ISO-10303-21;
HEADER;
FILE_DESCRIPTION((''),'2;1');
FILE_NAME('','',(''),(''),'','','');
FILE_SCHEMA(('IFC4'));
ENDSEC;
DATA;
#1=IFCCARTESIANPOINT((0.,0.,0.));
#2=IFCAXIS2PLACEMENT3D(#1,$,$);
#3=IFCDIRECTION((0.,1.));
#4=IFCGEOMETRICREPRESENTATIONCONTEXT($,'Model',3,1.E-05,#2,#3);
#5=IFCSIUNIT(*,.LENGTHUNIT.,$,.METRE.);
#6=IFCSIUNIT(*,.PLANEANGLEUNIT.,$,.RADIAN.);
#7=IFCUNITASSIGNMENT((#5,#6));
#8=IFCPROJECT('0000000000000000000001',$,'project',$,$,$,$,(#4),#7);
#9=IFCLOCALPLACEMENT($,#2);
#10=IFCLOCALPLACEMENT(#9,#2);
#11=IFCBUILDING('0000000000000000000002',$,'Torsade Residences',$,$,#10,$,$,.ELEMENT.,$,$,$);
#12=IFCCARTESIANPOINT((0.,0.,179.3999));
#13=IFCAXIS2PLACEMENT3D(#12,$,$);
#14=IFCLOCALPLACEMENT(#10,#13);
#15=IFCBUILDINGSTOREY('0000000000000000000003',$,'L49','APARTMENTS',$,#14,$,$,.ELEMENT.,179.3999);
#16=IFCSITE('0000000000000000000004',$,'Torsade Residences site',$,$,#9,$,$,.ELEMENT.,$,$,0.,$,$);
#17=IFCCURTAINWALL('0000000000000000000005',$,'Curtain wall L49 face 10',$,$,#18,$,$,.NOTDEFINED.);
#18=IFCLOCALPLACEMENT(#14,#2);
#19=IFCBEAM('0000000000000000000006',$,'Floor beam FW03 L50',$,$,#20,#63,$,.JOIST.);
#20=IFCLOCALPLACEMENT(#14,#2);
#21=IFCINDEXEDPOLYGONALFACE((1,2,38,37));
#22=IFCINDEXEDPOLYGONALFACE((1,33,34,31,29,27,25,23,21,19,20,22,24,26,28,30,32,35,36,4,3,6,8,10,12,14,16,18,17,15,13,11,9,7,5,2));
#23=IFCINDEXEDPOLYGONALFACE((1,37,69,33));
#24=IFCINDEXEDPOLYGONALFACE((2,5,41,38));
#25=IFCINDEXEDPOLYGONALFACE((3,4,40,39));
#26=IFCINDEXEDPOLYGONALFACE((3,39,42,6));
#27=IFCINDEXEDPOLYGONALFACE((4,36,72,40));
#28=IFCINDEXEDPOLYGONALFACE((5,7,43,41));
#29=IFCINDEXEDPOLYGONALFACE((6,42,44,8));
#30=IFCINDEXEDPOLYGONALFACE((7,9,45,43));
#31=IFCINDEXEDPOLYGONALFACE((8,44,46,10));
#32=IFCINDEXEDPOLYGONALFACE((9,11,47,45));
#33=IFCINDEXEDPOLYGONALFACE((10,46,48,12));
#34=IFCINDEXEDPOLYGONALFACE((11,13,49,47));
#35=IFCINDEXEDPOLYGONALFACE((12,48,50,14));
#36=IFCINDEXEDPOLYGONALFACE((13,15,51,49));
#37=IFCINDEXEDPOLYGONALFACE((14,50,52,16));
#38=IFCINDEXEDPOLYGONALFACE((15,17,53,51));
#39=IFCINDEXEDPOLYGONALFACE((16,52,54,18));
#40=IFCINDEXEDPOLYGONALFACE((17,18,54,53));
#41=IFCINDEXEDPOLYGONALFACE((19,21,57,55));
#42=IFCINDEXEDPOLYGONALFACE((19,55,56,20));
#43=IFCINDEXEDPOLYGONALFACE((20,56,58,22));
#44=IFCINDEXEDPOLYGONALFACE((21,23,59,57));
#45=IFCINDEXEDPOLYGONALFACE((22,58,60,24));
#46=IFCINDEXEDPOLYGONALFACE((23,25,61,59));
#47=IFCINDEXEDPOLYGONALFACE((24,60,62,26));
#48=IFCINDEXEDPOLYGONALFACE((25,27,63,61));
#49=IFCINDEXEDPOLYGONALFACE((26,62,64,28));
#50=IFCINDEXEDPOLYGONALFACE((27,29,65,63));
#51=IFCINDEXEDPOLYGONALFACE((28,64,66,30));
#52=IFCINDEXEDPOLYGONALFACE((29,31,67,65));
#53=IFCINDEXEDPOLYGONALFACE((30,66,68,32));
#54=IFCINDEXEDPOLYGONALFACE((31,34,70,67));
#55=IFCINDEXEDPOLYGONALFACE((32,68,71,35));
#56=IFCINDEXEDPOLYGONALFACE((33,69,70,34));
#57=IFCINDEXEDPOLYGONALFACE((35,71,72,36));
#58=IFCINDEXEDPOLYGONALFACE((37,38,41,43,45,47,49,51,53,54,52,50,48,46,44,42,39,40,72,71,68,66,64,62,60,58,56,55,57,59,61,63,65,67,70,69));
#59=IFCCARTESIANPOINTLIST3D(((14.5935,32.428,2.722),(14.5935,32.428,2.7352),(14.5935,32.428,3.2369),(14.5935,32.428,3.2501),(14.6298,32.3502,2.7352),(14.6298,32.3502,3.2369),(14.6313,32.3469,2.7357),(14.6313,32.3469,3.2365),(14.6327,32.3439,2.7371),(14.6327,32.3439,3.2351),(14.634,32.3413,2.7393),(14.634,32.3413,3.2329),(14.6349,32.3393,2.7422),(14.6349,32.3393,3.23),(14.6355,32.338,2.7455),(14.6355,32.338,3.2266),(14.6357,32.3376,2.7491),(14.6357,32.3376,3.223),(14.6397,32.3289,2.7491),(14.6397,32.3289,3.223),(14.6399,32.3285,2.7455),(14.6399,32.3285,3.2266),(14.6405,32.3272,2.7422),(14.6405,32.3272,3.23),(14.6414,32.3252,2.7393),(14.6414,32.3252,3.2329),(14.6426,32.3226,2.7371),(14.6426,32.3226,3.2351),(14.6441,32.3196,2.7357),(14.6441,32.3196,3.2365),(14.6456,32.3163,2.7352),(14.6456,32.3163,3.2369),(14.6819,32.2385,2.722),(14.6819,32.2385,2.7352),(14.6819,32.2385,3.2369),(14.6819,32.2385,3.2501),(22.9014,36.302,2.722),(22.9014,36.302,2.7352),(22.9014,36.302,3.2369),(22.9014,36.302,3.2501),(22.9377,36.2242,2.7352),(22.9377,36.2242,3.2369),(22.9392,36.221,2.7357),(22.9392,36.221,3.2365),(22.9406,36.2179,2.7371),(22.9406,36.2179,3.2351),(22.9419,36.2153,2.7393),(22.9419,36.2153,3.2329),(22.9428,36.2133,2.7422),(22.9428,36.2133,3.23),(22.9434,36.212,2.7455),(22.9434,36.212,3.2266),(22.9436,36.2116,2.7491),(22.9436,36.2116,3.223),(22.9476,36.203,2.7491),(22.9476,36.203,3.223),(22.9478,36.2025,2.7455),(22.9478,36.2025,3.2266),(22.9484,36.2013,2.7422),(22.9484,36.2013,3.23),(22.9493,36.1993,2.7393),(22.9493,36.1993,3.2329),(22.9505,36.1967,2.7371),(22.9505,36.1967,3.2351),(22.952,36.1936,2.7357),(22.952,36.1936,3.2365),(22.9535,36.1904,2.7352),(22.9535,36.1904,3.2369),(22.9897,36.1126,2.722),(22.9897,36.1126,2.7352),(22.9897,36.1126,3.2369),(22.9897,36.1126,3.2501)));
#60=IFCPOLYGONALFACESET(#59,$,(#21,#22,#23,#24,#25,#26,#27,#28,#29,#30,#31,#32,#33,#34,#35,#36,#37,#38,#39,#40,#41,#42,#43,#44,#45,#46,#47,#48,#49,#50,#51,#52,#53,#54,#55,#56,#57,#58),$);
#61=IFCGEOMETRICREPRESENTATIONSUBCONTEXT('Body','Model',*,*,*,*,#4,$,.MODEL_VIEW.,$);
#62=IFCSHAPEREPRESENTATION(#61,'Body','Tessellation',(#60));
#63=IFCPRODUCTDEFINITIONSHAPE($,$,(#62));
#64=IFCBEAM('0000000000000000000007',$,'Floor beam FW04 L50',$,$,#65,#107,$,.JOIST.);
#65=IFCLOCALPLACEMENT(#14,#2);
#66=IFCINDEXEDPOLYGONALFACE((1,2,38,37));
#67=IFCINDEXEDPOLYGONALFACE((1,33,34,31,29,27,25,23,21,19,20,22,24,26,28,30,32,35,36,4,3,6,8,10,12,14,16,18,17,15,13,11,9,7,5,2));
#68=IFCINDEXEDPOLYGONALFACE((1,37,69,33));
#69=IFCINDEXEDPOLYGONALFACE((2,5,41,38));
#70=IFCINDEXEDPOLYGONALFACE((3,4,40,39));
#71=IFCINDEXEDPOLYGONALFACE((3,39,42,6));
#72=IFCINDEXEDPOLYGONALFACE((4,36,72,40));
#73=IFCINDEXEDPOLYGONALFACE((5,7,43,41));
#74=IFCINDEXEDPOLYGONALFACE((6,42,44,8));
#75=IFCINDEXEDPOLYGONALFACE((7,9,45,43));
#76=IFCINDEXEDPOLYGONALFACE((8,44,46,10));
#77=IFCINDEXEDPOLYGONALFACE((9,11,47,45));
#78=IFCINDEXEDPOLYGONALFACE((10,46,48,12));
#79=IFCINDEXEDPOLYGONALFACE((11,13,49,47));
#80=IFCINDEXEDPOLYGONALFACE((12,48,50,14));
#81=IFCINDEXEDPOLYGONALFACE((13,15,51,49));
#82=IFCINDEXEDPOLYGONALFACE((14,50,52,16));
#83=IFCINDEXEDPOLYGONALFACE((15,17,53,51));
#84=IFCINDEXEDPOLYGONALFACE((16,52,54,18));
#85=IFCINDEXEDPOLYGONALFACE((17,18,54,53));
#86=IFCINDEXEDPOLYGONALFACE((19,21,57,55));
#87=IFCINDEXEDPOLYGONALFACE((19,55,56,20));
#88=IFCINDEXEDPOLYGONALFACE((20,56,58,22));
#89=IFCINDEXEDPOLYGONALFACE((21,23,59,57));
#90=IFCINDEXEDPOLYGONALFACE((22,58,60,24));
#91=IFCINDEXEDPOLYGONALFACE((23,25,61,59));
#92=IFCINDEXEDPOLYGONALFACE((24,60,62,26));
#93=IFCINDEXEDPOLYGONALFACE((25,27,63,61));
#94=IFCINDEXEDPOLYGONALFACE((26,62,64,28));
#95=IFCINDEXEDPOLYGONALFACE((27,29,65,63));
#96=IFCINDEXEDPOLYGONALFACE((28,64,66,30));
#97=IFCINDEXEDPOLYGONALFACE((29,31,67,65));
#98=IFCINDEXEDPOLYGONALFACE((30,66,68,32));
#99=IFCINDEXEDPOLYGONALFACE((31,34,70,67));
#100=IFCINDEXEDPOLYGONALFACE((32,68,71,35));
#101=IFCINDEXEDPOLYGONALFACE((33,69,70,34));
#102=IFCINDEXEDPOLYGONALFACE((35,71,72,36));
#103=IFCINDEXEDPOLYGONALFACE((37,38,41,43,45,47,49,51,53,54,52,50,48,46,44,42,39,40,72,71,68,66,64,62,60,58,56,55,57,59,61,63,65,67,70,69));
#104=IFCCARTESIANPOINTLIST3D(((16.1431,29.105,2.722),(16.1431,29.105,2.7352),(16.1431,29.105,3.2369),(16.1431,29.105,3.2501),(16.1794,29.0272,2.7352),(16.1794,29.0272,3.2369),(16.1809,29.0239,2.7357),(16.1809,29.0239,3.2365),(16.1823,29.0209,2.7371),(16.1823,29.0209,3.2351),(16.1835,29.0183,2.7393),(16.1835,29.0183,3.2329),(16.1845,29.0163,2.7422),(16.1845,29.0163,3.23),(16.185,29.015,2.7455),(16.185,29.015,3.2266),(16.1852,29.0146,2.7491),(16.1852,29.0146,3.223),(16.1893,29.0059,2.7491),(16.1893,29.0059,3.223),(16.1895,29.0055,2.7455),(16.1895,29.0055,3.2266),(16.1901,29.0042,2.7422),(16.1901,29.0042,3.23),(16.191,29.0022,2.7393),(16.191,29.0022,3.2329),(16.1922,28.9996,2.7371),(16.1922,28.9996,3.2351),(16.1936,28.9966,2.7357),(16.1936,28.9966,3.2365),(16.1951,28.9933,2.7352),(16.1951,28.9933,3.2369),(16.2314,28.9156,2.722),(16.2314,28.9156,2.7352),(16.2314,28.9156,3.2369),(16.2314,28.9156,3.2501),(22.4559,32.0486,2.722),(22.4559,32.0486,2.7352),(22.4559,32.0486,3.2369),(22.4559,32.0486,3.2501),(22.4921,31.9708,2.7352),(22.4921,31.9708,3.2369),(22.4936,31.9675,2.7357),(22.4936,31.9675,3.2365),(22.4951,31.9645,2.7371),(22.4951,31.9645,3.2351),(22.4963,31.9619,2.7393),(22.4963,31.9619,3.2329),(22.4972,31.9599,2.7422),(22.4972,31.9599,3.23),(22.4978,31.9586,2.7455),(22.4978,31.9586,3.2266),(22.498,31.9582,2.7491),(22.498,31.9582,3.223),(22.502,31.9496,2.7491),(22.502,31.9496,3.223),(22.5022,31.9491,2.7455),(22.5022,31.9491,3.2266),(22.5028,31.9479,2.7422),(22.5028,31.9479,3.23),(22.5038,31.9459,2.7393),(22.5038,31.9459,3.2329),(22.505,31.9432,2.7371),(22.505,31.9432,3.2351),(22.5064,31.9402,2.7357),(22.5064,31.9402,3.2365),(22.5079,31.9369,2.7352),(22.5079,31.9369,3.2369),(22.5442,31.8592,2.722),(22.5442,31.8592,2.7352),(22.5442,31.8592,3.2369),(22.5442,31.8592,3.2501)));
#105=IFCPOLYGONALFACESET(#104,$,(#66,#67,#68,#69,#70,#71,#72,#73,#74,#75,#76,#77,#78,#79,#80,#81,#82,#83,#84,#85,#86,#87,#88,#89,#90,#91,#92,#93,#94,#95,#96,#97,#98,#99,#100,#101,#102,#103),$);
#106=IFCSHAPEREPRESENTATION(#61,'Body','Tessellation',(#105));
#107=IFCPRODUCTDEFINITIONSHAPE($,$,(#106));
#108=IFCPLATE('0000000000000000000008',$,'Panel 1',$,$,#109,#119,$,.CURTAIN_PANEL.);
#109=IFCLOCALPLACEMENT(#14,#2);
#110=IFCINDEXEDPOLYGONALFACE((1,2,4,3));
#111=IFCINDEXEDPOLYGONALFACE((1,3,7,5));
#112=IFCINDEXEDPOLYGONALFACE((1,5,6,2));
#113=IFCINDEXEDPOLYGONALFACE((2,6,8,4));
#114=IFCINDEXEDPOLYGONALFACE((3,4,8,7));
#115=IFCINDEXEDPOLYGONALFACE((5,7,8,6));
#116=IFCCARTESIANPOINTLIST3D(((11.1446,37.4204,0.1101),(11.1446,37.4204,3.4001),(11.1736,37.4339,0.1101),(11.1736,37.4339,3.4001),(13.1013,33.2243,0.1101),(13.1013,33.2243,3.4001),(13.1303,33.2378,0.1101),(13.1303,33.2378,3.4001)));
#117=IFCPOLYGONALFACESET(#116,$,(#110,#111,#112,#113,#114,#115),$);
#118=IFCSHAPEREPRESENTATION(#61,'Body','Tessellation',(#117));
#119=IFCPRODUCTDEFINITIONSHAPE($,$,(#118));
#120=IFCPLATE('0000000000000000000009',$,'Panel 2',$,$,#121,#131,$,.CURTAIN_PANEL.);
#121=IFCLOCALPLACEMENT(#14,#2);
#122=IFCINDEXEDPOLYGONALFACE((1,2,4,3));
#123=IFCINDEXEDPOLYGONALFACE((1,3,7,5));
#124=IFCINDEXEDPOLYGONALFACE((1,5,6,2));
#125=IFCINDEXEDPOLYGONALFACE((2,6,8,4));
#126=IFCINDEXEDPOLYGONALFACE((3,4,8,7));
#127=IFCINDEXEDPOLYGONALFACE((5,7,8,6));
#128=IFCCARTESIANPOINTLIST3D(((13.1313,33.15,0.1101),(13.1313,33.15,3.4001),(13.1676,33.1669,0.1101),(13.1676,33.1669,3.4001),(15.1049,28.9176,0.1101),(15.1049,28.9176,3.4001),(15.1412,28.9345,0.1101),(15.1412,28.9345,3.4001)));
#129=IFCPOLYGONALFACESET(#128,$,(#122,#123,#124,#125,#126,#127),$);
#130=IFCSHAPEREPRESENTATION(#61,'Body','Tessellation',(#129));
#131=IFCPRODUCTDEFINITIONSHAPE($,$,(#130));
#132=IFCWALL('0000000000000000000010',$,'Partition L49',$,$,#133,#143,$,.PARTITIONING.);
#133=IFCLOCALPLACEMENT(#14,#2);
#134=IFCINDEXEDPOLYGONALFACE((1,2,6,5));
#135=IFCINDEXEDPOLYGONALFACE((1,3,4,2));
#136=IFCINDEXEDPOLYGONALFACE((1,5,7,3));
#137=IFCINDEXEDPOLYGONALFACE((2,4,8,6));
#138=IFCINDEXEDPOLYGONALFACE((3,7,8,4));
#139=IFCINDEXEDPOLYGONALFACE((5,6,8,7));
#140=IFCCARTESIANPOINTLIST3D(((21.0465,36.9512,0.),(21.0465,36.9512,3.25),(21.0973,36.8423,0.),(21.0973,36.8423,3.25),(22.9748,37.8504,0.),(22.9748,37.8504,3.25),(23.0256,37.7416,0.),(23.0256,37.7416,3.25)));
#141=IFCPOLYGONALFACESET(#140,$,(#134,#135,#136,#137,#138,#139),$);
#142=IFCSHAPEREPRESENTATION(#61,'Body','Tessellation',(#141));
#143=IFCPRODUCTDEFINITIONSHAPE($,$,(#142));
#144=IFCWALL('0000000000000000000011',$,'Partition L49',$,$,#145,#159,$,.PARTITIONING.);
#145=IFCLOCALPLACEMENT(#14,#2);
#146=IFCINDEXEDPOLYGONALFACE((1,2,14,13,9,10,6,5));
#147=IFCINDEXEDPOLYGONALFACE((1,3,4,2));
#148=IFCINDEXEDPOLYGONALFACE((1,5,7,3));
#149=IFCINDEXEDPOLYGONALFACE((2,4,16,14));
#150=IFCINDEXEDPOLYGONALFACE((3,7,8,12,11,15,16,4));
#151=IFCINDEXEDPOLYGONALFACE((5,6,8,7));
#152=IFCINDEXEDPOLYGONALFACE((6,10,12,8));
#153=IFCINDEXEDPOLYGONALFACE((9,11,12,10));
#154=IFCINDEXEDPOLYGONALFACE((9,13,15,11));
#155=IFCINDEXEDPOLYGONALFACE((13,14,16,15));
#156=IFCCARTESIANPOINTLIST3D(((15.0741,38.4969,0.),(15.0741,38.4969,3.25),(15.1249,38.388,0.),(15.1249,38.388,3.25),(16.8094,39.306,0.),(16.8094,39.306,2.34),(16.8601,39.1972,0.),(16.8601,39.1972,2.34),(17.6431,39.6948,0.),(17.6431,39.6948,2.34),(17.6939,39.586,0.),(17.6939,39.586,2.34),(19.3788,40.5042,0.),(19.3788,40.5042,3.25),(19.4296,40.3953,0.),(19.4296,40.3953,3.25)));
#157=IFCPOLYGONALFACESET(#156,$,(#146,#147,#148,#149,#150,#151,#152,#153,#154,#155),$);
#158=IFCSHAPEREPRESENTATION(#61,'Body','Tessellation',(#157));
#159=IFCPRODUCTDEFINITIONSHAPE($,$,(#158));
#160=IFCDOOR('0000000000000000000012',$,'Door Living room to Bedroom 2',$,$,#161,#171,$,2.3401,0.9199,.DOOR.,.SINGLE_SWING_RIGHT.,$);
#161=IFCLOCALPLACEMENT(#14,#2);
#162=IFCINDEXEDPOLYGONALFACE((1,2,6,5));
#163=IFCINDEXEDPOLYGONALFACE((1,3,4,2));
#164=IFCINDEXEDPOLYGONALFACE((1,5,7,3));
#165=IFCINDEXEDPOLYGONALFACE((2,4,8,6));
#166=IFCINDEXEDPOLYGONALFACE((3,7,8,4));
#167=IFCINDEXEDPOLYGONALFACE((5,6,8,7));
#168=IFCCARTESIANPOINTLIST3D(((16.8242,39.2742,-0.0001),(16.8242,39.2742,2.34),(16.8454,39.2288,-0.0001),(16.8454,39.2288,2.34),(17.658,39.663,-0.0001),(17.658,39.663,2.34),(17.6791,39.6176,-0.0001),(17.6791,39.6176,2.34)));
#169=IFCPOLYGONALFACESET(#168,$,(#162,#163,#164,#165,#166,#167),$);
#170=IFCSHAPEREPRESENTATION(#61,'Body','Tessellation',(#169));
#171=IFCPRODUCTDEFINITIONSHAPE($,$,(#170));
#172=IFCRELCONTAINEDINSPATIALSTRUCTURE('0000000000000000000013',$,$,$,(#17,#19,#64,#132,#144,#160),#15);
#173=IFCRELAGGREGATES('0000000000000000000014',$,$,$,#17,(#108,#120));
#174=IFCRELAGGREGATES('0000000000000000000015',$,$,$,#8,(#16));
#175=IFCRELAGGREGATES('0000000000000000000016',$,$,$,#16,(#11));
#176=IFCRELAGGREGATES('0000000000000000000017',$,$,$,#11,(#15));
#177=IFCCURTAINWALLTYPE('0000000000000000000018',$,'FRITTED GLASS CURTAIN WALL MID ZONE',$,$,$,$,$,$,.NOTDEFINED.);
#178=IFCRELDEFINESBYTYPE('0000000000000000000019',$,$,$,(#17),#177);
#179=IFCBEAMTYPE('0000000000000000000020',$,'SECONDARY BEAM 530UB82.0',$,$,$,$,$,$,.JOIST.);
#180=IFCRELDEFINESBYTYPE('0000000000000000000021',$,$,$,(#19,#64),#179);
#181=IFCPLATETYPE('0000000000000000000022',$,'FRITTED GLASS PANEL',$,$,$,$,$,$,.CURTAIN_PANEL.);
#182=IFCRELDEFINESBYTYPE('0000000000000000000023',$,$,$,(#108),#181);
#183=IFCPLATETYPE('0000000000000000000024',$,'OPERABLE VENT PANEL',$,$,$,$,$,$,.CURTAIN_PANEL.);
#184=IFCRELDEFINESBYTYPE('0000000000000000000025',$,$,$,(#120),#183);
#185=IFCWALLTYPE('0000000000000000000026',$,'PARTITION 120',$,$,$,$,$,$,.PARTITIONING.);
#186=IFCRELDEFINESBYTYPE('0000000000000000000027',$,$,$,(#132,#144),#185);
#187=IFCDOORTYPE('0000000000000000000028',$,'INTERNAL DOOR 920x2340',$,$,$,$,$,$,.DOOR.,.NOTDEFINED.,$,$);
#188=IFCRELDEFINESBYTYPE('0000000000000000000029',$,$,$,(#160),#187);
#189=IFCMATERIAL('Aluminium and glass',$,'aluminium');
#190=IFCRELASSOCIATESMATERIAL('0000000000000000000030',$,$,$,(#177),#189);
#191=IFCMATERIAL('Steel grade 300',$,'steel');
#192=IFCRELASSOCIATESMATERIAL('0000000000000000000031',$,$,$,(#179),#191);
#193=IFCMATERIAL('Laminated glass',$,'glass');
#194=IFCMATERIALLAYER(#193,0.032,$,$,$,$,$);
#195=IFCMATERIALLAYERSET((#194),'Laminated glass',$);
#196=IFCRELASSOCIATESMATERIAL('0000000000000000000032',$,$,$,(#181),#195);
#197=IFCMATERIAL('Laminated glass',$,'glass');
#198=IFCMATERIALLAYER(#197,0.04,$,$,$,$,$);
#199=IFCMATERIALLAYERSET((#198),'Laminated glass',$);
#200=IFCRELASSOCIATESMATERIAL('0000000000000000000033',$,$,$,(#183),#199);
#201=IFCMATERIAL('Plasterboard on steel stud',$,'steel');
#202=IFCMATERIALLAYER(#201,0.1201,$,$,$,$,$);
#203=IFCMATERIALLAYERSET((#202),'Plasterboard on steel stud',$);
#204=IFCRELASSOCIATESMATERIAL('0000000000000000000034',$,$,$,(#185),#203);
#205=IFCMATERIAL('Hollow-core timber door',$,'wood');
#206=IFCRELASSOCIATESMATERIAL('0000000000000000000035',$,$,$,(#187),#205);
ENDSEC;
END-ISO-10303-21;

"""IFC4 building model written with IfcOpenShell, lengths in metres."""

from ifc_helpers import new_model, si_unit, direction, frame, frame_2d, origin, origin_2d, place, context, subcontext, project, spatial, rectangle, i_section, extrude, material, layer, layer_set, material_profile, profile_set, type_object, element, fill, aggregate, save


model = new_model("IFC4")

# Units and contexts
model_context = context("Model", 3, precision=1e-05, world=origin(), true_north=direction((0.0, 1.0)))
body_context = subcontext(model_context, "Body", "Model", "MODEL_VIEW")
ifc_project = project(units=[si_unit("LENGTHUNIT", "METRE"), si_unit("PLANEANGLEUNIT", "RADIAN")], contexts=[model_context])

# Site, building, storey
site_placement = place(None, origin())
site = spatial("IfcSite", under=ifc_project, at=site_placement, Name="Torsade Residences site", CompositionType="ELEMENT", RefElevation=0.0)
building_placement = place(site_placement, origin())
building = spatial("IfcBuilding", under=site, at=building_placement, Name="Torsade Residences", CompositionType="ELEMENT")
storey_placement = place(building_placement, frame((0.0, 0.0, 179.3999)))
storey = spatial("IfcBuildingStorey", under=building, at=storey_placement, Name="L49", Description="APARTMENTS", CompositionType="ELEMENT", Elevation=179.3999)

# Curtain wall
ifc_material_1 = material(Name="Aluminium and glass", Category="aluminium")
curtain_wall_type = type_object("IfcCurtainWallType", Name="FRITTED GLASS CURTAIN WALL MID ZONE", PredefinedType="NOTDEFINED", material=ifc_material_1)
curtain_wall_placement = place(storey_placement, origin())
curtain_wall = element("IfcCurtainWall", 1, at=curtain_wall_placement, inside=storey, type_object=curtain_wall_type, Name="Curtain wall L49 face 10", PredefinedType="NOTDEFINED")

# Beams
ifc_material_2 = material(Name="Steel grade 300", Category="steel")
ifc_material_profile_1 = material_profile(ifc_material_2, i_section(OverallWidth=0.209, OverallDepth=0.5281, WebThickness=0.0095, FlangeThickness=0.0132, FilletRadius=0.0139, at=origin_2d()), Name="530UB82.0")
ifc_profile_set_1 = profile_set([ifc_material_profile_1], Name="Steel grade 300")
beam_type_1 = type_object("IfcBeamType", Name="SECONDARY BEAM 530UB82.0", PredefinedType="JOIST", material=ifc_profile_set_1)
beam_1_placement = place(storey_placement, frame((14.6377, 32.3333, 2.9861), z_axis=(0.906308, 0.422619, 0.0), x_axis=(-0.422619, 0.906308, 0.0)))
element("IfcBeam", 2, at=beam_1_placement, inside=storey, type_object=beam_type_1, Name="Floor beam FW03 L50", PredefinedType="JOIST", context=body_context, shape_type="SweptSolid", body=[
    extrude(i_section(OverallWidth=0.209, OverallDepth=0.5281, WebThickness=0.0095, FlangeThickness=0.0132, FilletRadius=0.0139, at=origin_2d()), origin(), (0.0, 0.0, 1.0), 9.1667),
])
beam_2_placement = place(storey_placement, frame((16.1873, 29.0103, 2.9861), z_axis=(0.906312, 0.422609, 0.0), x_axis=(-0.422609, 0.906312, 0.0)))
element("IfcBeam", 3, at=beam_2_placement, inside=storey, type_object=beam_type_1, Name="Floor beam FW04 L50", PredefinedType="JOIST", context=body_context, shape_type="SweptSolid", body=[
    extrude(i_section(OverallWidth=0.209, OverallDepth=0.5281, WebThickness=0.0095, FlangeThickness=0.0132, FilletRadius=0.0139, at=origin_2d()), origin(), (0.0, 0.0, 1.0), 6.9653),
])

# Plates
ifc_material_3 = material(Name="Laminated glass", Category="glass")
ifc_layer_1 = layer(ifc_material_3, 0.032)
ifc_layer_set_1 = layer_set([ifc_layer_1], Name="Laminated glass")
plate_type_1 = type_object("IfcPlateType", Name="FRITTED GLASS PANEL", PredefinedType="CURTAIN_PANEL", material=ifc_layer_set_1)
plate_1_placement = place(storey_placement, frame((12.1375, 35.3291, 0.1101), z_axis=(0.0, 0.0, 1.0), x_axis=(0.422618, -0.906308, 0.0)))
plate_1 = element("IfcPlate", 4, at=plate_1_placement, type_object=plate_type_1, Name="Panel 1", PredefinedType="CURTAIN_PANEL", context=body_context, shape_type="SweptSolid", body=[
    extrude(rectangle(XDim=4.6299, YDim=0.032, at=origin_2d()), origin(), (0.0, 0.0, 1.0), 3.29),
])
ifc_material_4 = material(Name="Laminated glass", Category="glass")
ifc_layer_2 = layer(ifc_material_4, 0.04)
ifc_layer_set_2 = layer_set([ifc_layer_2], Name="Laminated glass")
plate_type_2 = type_object("IfcPlateType", Name="OPERABLE VENT PANEL", PredefinedType="CURTAIN_PANEL", material=ifc_layer_set_2)
plate_2_placement = place(storey_placement, frame((14.1362, 31.0422, 0.1101), z_axis=(0.0, 0.0, 1.0), x_axis=(0.422618, -0.906308, 0.0)))
plate_2 = element("IfcPlate", 5, at=plate_2_placement, type_object=plate_type_2, Name="Panel 2", PredefinedType="CURTAIN_PANEL", context=body_context, shape_type="SweptSolid", body=[
    extrude(rectangle(XDim=4.6699, YDim=0.04, at=origin_2d()), origin(), (0.0, 0.0, 1.0), 3.29),
])
aggregate(curtain_wall, [plate_1, plate_2])

# Wall
ifc_material_5 = material(Name="Plasterboard on steel stud", Category="steel")
ifc_layer_3 = layer(ifc_material_5, 0.1201)
ifc_layer_set_3 = layer_set([ifc_layer_3], Name="Plasterboard on steel stud")
wall_type_1 = type_object("IfcWallType", Name="PARTITION 120", PredefinedType="PARTITIONING", material=ifc_layer_set_3)
wall_1_placement = place(storey_placement, frame((21.0718, 36.8967, 0.0), z_axis=(0.0, 0.0, 1.0), x_axis=(0.906303, 0.422628, 0.0)))
element("IfcWall", 6, at=wall_1_placement, inside=storey, type_object=wall_type_1, Name="Partition L49", PredefinedType="PARTITIONING", context=body_context, shape_type="SweptSolid", body=[
    extrude(rectangle(XDim=2.1277, YDim=0.1201, at=frame_2d((1.064, 0.0))), origin(), (0.0, 0.0, 1.0), 3.25),
])

# Wall, opening, door
wall_2_placement = place(storey_placement, frame((15.0994, 38.4424, 0.0), z_axis=(0.0, 0.0, 1.0), x_axis=(0.906307, 0.422621, 0.0)))
wall_2 = element("IfcWall", 7, at=wall_2_placement, inside=storey, type_object=wall_type_1, Name="Partition L49", PredefinedType="PARTITIONING", context=body_context, shape_type="SweptSolid", body=[
    extrude(rectangle(XDim=4.7498, YDim=0.1201, at=frame_2d((2.375, 0.0))), origin(), (0.0, 0.0, 1.0), 3.25),
])
opening_1_placement = place(wall_2_placement, frame((1.9148, 0.0, 0.0)))
opening_1 = element("IfcOpeningElement", 8, at=opening_1_placement, cuts=wall_2, PredefinedType="OPENING", context=body_context, shape_type="SweptSolid", body=[
    extrude(rectangle(XDim=0.9199, YDim=2.3401, at=frame_2d((0.46, 1.1699))), frame((0.0, 0.0701, 0.0), z_axis=(0.0, -1.0, 0.0), x_axis=(1.0, 0.0, 0.0)), (0.0, 0.0, 1.0), 0.1401),
])
ifc_material_6 = material(Name="Hollow-core timber door", Category="wood")
door_type = type_object("IfcDoorType", Name="INTERNAL DOOR 920x2340", OperationType="NOTDEFINED", PredefinedType="DOOR", material=ifc_material_6)
door_1_placement = place(opening_1_placement, origin())
door_1 = element("IfcDoor", 9, at=door_1_placement, inside=storey, type_object=door_type, Name="Door Living room to Bedroom 2", OperationType="SINGLE_SWING_RIGHT", OverallHeight=2.3401, OverallWidth=0.9199, PredefinedType="DOOR", context=body_context, shape_type="SweptSolid", body=[
    extrude(rectangle(XDim=0.9199, YDim=2.3401, at=frame_2d((0.46, 1.1699))), frame((0.0, 0.0249, 0.0), z_axis=(0.0, -1.0, 0.0), x_axis=(1.0, 0.0, 0.0)), (0.0, 0.0, 1.0), 0.05),
])
fill(opening_1, door_1)

save(model, "model.ifc")
